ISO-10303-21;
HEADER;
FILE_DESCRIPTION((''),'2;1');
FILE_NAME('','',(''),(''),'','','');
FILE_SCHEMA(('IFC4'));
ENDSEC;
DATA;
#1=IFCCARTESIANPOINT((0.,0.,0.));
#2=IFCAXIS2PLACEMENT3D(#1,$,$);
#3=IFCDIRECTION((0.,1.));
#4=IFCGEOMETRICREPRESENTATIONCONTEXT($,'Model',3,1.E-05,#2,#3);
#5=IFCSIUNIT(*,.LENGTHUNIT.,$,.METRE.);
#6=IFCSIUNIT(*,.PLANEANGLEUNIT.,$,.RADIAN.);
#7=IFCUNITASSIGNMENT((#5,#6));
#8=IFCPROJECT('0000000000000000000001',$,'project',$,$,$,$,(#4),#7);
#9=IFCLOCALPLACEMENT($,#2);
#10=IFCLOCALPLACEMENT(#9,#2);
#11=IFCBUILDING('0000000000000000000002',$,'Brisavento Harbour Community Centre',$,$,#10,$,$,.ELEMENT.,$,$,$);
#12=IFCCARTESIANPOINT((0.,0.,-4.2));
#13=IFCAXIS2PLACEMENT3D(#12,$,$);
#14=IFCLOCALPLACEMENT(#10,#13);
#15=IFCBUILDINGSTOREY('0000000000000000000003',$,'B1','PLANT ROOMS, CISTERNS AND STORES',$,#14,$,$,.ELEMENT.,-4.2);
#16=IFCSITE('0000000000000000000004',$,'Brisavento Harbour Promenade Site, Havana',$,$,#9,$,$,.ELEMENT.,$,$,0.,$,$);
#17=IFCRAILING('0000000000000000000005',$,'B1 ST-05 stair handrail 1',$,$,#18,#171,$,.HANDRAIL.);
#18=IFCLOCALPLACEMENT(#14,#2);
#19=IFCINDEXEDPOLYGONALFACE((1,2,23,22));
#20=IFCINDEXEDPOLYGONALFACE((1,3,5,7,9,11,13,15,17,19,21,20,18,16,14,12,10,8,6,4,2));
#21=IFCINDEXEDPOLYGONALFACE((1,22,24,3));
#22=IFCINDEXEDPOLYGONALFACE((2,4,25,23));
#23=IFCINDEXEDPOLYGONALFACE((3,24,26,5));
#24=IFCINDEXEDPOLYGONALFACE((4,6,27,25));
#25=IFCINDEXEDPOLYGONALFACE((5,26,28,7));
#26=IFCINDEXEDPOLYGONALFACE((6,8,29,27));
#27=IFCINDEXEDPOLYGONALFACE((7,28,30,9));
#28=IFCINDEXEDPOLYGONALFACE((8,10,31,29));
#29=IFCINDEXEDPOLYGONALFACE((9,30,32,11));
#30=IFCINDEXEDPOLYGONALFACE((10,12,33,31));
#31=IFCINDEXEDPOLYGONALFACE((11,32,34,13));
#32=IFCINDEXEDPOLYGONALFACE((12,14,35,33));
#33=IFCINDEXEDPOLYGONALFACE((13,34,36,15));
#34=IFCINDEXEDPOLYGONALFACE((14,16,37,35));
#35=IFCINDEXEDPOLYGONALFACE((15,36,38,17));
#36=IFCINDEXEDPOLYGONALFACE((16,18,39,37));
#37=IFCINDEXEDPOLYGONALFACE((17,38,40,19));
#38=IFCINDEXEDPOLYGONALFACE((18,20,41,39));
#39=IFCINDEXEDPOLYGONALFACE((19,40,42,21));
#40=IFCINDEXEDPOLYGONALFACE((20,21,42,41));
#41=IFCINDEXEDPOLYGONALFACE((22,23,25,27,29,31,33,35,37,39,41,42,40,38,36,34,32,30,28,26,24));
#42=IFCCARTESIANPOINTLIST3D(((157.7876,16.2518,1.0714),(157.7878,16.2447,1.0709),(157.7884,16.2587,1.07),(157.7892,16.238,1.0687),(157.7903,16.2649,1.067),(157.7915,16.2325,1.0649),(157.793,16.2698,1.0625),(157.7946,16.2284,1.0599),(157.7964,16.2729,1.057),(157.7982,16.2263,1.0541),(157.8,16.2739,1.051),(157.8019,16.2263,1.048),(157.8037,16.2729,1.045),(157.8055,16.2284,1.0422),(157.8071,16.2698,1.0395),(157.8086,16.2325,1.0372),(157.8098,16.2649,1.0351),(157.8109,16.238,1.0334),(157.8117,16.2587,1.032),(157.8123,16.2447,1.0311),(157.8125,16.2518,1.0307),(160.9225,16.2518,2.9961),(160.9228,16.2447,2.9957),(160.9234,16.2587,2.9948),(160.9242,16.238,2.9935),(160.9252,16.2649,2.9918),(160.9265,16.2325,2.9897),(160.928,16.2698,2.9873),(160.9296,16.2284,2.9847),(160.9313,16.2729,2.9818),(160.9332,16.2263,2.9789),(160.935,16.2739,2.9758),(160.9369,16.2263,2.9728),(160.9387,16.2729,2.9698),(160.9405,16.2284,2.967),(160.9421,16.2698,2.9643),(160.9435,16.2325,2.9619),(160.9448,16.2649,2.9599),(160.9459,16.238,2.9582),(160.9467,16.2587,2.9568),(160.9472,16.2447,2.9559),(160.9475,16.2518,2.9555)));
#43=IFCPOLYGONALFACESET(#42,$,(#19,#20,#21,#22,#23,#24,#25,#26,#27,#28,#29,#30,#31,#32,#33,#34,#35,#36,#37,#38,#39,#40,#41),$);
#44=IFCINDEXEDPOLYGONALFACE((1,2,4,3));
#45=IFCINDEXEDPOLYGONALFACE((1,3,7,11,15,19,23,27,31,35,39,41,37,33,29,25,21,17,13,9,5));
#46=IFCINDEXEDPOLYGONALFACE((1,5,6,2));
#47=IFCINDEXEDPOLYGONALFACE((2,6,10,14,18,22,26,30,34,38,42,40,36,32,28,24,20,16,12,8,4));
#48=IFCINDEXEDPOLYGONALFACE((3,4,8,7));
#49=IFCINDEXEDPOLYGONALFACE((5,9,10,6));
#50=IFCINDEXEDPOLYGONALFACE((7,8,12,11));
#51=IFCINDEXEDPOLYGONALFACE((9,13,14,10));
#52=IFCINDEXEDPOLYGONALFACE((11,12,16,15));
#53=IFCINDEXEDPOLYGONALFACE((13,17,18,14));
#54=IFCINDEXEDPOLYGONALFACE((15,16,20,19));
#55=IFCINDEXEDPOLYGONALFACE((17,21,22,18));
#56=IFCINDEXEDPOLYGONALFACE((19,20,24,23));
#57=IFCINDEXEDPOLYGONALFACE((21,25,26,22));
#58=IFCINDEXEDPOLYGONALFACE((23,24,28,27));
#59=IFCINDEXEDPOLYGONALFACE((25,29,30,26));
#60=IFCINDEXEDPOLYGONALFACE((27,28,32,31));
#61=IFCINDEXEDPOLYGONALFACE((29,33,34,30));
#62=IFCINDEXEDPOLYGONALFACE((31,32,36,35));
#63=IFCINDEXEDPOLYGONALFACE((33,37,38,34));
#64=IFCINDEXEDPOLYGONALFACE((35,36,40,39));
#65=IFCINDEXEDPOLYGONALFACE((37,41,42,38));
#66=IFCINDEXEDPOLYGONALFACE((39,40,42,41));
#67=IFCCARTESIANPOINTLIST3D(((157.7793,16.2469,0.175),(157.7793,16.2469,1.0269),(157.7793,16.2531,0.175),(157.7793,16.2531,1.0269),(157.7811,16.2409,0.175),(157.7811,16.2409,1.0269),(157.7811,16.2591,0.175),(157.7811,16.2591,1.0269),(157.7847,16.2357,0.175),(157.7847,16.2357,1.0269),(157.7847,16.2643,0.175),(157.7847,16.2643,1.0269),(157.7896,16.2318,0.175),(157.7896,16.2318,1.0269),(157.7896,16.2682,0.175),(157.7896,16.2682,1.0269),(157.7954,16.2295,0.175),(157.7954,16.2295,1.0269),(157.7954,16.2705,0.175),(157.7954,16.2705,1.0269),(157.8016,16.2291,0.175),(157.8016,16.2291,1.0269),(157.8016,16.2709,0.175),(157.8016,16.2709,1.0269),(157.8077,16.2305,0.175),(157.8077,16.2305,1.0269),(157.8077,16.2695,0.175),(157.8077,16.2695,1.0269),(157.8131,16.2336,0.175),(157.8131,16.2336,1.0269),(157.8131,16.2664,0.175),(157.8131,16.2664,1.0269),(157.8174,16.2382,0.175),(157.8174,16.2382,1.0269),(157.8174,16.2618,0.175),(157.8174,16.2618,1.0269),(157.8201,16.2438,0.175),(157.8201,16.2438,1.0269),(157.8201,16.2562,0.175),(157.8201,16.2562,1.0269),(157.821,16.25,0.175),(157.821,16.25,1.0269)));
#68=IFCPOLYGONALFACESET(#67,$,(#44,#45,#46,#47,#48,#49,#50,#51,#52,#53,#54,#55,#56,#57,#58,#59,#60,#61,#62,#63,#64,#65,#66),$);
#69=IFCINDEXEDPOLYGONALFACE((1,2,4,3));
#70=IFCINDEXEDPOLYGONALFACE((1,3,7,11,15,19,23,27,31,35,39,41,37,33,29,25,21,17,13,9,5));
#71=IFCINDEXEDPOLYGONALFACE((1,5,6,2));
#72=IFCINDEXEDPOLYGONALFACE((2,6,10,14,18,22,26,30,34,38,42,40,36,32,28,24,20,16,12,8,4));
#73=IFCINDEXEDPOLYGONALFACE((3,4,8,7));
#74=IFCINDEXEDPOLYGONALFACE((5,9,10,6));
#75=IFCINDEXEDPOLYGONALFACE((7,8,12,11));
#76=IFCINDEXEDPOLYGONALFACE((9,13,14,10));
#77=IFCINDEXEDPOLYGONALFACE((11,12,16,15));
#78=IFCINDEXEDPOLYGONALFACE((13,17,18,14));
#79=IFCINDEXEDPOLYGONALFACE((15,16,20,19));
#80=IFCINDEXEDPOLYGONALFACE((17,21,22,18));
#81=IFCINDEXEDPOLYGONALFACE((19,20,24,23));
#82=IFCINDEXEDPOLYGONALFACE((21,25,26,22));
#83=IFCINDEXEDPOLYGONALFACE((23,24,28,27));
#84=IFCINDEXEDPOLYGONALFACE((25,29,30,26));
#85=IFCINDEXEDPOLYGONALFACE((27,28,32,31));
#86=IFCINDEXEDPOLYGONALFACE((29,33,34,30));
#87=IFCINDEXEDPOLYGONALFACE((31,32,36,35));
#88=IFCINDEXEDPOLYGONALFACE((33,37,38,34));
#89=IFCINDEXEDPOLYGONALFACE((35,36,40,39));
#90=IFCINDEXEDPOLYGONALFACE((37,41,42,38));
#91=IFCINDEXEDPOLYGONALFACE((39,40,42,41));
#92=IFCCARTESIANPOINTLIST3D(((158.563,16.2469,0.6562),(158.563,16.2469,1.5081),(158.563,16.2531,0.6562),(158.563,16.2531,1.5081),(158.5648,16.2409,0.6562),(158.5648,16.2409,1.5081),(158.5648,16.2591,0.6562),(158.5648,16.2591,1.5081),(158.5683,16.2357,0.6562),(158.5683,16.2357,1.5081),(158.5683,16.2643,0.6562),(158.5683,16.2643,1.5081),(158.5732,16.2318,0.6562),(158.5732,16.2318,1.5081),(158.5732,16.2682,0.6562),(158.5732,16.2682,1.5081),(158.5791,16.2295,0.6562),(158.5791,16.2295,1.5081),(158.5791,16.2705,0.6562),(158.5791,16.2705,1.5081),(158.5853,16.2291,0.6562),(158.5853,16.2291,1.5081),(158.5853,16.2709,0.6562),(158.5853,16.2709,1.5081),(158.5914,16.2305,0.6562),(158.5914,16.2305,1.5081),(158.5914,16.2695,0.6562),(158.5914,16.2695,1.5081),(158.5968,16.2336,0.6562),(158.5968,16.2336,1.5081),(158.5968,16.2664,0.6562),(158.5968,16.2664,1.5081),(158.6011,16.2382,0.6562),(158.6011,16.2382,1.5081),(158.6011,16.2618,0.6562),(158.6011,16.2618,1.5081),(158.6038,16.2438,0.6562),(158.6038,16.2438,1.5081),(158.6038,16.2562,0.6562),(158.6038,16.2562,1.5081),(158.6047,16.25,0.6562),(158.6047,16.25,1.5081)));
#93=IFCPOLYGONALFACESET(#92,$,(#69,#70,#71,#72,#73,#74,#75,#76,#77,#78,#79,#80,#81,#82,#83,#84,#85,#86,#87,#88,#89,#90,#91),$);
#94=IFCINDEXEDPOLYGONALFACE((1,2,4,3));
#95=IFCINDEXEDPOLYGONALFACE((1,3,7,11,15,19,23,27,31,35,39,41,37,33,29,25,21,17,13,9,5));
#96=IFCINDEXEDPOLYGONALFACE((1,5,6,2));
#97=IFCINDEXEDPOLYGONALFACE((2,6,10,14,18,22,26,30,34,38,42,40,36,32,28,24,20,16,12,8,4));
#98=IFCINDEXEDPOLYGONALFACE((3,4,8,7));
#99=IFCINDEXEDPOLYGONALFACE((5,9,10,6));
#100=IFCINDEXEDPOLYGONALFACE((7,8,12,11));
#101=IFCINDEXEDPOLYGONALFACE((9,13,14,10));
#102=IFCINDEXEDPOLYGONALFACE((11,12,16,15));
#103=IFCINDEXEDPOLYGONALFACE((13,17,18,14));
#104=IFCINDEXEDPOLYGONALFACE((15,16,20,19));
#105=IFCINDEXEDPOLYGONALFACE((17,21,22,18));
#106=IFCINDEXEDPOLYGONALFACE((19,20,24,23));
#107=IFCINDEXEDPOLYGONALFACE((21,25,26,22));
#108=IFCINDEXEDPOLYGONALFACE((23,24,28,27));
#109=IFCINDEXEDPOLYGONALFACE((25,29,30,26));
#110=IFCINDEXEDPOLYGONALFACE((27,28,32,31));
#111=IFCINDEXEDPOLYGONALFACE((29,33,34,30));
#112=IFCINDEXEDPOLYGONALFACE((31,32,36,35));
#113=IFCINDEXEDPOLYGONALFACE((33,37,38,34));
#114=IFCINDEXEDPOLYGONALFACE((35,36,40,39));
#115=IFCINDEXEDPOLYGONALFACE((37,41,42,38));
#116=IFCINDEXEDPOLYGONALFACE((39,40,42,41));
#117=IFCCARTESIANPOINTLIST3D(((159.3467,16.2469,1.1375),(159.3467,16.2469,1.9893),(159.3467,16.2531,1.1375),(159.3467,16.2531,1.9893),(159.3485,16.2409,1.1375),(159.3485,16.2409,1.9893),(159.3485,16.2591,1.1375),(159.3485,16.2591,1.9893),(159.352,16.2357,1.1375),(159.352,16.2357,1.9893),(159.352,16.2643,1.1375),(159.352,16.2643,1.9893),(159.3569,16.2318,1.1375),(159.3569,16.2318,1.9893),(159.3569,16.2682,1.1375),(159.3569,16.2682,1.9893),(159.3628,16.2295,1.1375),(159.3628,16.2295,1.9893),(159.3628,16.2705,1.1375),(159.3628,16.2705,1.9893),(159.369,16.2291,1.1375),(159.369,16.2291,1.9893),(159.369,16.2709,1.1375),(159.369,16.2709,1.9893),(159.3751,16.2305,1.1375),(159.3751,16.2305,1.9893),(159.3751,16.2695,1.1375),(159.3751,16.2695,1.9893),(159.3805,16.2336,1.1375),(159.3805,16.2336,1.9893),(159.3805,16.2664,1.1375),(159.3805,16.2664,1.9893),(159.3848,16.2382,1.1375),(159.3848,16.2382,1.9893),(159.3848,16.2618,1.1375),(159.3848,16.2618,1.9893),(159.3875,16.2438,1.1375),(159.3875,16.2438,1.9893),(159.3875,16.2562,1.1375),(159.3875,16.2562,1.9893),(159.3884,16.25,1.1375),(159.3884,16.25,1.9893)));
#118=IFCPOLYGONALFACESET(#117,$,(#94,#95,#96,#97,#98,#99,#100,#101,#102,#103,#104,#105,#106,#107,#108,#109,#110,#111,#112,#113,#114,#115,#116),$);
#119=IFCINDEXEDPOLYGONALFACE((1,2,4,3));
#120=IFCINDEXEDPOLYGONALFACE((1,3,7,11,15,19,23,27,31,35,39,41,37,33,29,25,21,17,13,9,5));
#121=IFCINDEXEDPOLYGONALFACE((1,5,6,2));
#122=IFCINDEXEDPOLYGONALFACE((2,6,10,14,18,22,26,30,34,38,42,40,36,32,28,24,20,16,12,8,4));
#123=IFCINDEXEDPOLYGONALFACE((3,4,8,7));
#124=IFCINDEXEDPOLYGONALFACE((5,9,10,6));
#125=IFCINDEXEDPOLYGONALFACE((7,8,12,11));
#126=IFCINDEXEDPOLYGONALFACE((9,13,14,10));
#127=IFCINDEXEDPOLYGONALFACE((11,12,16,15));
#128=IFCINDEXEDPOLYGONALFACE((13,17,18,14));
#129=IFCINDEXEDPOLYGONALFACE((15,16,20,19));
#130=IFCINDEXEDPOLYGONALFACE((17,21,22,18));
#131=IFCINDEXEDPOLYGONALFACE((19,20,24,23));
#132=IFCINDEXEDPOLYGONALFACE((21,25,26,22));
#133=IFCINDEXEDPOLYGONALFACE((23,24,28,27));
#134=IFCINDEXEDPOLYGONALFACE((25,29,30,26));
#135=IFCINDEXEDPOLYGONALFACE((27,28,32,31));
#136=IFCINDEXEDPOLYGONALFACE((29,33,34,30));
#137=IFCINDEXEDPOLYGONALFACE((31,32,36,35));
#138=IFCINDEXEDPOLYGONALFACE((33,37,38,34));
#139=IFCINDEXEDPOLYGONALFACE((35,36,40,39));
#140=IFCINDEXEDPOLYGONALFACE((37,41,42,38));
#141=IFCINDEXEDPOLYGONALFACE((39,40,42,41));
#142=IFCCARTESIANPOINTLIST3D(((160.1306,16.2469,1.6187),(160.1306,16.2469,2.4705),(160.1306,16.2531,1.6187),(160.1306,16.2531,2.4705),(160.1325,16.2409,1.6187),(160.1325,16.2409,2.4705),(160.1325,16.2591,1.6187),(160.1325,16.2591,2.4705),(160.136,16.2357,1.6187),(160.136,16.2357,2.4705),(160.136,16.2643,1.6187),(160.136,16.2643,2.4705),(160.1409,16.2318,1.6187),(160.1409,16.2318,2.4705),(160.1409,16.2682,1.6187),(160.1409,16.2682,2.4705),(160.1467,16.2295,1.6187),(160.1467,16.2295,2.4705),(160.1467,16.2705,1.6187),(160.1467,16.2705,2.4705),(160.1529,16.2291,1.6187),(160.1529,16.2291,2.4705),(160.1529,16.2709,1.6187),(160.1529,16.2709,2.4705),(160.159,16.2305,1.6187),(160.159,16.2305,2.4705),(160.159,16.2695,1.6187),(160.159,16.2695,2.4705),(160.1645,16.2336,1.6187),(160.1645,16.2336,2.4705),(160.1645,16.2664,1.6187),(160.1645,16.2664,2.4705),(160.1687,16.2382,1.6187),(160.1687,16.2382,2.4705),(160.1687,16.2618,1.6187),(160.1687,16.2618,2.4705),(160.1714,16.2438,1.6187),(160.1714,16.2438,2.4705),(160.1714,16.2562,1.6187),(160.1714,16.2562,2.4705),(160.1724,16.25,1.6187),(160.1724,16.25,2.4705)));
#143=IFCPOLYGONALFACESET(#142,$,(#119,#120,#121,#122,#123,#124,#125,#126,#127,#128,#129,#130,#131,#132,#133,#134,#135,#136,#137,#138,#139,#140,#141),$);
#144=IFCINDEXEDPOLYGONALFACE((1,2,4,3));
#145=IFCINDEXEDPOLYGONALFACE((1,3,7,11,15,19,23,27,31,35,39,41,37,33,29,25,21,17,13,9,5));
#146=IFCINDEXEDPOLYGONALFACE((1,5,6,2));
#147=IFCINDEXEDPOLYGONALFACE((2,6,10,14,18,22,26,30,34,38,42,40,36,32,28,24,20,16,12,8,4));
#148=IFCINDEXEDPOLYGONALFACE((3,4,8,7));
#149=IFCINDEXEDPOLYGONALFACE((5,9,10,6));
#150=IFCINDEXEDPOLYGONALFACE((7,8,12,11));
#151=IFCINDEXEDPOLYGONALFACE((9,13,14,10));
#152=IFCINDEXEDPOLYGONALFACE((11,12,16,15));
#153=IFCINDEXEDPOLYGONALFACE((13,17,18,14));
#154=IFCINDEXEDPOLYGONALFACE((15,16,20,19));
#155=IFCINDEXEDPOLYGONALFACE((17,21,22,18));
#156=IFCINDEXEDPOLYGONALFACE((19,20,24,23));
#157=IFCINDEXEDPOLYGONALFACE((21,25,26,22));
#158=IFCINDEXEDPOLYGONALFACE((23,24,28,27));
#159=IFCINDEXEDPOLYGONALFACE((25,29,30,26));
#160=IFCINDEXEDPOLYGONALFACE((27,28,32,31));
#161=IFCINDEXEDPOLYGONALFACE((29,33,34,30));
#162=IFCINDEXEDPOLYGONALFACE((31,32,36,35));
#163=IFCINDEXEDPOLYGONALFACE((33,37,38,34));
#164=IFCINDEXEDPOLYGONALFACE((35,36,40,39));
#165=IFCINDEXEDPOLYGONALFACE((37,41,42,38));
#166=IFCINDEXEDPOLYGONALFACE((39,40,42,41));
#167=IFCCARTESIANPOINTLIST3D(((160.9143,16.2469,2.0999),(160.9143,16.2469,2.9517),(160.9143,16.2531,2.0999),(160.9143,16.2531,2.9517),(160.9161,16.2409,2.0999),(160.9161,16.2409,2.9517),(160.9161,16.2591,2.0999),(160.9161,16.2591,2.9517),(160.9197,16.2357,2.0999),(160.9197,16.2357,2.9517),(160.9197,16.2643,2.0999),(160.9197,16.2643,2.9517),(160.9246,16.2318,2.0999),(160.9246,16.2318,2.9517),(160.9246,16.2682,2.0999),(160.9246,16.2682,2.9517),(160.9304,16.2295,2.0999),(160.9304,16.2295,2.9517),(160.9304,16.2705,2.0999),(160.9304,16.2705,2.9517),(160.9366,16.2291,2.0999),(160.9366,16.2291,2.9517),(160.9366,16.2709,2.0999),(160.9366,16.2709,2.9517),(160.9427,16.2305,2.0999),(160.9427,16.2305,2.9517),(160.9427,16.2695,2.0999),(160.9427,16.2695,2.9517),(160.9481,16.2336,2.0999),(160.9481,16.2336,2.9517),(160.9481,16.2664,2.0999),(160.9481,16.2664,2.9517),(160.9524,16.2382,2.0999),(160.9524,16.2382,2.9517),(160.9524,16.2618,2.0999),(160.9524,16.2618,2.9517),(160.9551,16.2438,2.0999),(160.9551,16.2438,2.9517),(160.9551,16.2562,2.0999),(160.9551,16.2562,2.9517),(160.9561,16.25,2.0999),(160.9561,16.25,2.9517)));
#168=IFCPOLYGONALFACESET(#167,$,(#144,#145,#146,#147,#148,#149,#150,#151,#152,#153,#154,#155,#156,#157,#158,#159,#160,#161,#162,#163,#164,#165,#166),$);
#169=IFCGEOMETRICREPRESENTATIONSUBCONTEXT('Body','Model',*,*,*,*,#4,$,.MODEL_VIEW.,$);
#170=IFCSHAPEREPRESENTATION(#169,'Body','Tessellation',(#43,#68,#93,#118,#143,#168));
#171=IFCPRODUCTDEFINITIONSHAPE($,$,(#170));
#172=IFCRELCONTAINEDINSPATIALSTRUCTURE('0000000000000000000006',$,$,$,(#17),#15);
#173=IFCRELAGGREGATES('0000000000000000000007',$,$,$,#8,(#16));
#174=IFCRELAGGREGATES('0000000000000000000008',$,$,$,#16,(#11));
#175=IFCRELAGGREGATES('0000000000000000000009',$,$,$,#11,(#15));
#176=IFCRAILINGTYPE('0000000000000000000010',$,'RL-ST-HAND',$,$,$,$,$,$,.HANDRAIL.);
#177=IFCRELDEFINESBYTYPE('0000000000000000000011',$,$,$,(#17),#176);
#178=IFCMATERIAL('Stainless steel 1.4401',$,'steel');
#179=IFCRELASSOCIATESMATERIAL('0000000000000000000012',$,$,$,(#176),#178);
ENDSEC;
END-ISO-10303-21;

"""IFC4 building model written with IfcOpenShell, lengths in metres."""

from ifc_helpers import new_model, si_unit, direction, frame, origin, origin_2d, place, context, subcontext, project, spatial, circle, extrude, material, type_object, element, save


model = new_model("IFC4")

# Units and contexts
model_context = context("Model", 3, precision=1e-05, world=origin(), true_north=direction((0.0, 1.0)))
body_context = subcontext(model_context, "Body", "Model", "MODEL_VIEW")
ifc_project = project(units=[si_unit("LENGTHUNIT", "METRE"), si_unit("PLANEANGLEUNIT", "RADIAN")], contexts=[model_context])

# Site, building, storey
site_placement = place(None, origin())
site = spatial("IfcSite", under=ifc_project, at=site_placement, Name="Brisavento Harbour Promenade Site, Havana", CompositionType="ELEMENT", RefElevation=0.0)
building_placement = place(site_placement, origin())
building = spatial("IfcBuilding", under=site, at=building_placement, Name="Brisavento Harbour Community Centre", CompositionType="ELEMENT")
storey_placement = place(building_placement, frame((0.0, 0.0, -4.2)))
storey = spatial("IfcBuildingStorey", under=building, at=storey_placement, Name="B1", Description="PLANT ROOMS, CISTERNS AND STORES", CompositionType="ELEMENT", Elevation=-4.2)

# Railing
ifc_material_1 = material(Name="Stainless steel 1.4401", Category="steel")
railing_type_1 = type_object("IfcRailingType", Name="RL-ST-HAND", PredefinedType="HANDRAIL", material=ifc_material_1)
railing_1_placement = place(storey_placement, frame((157.8, 16.25, 0.175)))
element("IfcRailing", 1, at=railing_1_placement, inside=storey, type_object=railing_type_1, Name="B1 ST-05 stair handrail 1", PredefinedType="HANDRAIL", context=body_context, shape_type="SweptSolid", body=[
    extrude(circle(Radius=0.0239, at=origin_2d()), frame((0.0, 0.0, 0.876), z_axis=(0.852196, 0.0, 0.523223), x_axis=(0.0, 1.0, 0.0)), (0.0, 0.0, 1.0), 3.6787),
    extrude(circle(Radius=0.021, at=origin_2d()), origin(), (0.0, 0.0, 1.0), 0.8518),
    extrude(circle(Radius=0.021, at=origin_2d()), frame((0.7837, 0.0, 0.4812)), (0.0, 0.0, 1.0), 0.8518),
    extrude(circle(Radius=0.021, at=origin_2d()), frame((1.5674, 0.0, 0.9624)), (0.0, 0.0, 1.0), 0.8518),
    extrude(circle(Radius=0.021, at=origin_2d()), frame((2.3513, 0.0, 1.4436)), (0.0, 0.0, 1.0), 0.8518),
    extrude(circle(Radius=0.021, at=origin_2d()), frame((3.135, 0.0, 1.9248)), (0.0, 0.0, 1.0), 0.8518),
])

save(model, "model.ifc")
